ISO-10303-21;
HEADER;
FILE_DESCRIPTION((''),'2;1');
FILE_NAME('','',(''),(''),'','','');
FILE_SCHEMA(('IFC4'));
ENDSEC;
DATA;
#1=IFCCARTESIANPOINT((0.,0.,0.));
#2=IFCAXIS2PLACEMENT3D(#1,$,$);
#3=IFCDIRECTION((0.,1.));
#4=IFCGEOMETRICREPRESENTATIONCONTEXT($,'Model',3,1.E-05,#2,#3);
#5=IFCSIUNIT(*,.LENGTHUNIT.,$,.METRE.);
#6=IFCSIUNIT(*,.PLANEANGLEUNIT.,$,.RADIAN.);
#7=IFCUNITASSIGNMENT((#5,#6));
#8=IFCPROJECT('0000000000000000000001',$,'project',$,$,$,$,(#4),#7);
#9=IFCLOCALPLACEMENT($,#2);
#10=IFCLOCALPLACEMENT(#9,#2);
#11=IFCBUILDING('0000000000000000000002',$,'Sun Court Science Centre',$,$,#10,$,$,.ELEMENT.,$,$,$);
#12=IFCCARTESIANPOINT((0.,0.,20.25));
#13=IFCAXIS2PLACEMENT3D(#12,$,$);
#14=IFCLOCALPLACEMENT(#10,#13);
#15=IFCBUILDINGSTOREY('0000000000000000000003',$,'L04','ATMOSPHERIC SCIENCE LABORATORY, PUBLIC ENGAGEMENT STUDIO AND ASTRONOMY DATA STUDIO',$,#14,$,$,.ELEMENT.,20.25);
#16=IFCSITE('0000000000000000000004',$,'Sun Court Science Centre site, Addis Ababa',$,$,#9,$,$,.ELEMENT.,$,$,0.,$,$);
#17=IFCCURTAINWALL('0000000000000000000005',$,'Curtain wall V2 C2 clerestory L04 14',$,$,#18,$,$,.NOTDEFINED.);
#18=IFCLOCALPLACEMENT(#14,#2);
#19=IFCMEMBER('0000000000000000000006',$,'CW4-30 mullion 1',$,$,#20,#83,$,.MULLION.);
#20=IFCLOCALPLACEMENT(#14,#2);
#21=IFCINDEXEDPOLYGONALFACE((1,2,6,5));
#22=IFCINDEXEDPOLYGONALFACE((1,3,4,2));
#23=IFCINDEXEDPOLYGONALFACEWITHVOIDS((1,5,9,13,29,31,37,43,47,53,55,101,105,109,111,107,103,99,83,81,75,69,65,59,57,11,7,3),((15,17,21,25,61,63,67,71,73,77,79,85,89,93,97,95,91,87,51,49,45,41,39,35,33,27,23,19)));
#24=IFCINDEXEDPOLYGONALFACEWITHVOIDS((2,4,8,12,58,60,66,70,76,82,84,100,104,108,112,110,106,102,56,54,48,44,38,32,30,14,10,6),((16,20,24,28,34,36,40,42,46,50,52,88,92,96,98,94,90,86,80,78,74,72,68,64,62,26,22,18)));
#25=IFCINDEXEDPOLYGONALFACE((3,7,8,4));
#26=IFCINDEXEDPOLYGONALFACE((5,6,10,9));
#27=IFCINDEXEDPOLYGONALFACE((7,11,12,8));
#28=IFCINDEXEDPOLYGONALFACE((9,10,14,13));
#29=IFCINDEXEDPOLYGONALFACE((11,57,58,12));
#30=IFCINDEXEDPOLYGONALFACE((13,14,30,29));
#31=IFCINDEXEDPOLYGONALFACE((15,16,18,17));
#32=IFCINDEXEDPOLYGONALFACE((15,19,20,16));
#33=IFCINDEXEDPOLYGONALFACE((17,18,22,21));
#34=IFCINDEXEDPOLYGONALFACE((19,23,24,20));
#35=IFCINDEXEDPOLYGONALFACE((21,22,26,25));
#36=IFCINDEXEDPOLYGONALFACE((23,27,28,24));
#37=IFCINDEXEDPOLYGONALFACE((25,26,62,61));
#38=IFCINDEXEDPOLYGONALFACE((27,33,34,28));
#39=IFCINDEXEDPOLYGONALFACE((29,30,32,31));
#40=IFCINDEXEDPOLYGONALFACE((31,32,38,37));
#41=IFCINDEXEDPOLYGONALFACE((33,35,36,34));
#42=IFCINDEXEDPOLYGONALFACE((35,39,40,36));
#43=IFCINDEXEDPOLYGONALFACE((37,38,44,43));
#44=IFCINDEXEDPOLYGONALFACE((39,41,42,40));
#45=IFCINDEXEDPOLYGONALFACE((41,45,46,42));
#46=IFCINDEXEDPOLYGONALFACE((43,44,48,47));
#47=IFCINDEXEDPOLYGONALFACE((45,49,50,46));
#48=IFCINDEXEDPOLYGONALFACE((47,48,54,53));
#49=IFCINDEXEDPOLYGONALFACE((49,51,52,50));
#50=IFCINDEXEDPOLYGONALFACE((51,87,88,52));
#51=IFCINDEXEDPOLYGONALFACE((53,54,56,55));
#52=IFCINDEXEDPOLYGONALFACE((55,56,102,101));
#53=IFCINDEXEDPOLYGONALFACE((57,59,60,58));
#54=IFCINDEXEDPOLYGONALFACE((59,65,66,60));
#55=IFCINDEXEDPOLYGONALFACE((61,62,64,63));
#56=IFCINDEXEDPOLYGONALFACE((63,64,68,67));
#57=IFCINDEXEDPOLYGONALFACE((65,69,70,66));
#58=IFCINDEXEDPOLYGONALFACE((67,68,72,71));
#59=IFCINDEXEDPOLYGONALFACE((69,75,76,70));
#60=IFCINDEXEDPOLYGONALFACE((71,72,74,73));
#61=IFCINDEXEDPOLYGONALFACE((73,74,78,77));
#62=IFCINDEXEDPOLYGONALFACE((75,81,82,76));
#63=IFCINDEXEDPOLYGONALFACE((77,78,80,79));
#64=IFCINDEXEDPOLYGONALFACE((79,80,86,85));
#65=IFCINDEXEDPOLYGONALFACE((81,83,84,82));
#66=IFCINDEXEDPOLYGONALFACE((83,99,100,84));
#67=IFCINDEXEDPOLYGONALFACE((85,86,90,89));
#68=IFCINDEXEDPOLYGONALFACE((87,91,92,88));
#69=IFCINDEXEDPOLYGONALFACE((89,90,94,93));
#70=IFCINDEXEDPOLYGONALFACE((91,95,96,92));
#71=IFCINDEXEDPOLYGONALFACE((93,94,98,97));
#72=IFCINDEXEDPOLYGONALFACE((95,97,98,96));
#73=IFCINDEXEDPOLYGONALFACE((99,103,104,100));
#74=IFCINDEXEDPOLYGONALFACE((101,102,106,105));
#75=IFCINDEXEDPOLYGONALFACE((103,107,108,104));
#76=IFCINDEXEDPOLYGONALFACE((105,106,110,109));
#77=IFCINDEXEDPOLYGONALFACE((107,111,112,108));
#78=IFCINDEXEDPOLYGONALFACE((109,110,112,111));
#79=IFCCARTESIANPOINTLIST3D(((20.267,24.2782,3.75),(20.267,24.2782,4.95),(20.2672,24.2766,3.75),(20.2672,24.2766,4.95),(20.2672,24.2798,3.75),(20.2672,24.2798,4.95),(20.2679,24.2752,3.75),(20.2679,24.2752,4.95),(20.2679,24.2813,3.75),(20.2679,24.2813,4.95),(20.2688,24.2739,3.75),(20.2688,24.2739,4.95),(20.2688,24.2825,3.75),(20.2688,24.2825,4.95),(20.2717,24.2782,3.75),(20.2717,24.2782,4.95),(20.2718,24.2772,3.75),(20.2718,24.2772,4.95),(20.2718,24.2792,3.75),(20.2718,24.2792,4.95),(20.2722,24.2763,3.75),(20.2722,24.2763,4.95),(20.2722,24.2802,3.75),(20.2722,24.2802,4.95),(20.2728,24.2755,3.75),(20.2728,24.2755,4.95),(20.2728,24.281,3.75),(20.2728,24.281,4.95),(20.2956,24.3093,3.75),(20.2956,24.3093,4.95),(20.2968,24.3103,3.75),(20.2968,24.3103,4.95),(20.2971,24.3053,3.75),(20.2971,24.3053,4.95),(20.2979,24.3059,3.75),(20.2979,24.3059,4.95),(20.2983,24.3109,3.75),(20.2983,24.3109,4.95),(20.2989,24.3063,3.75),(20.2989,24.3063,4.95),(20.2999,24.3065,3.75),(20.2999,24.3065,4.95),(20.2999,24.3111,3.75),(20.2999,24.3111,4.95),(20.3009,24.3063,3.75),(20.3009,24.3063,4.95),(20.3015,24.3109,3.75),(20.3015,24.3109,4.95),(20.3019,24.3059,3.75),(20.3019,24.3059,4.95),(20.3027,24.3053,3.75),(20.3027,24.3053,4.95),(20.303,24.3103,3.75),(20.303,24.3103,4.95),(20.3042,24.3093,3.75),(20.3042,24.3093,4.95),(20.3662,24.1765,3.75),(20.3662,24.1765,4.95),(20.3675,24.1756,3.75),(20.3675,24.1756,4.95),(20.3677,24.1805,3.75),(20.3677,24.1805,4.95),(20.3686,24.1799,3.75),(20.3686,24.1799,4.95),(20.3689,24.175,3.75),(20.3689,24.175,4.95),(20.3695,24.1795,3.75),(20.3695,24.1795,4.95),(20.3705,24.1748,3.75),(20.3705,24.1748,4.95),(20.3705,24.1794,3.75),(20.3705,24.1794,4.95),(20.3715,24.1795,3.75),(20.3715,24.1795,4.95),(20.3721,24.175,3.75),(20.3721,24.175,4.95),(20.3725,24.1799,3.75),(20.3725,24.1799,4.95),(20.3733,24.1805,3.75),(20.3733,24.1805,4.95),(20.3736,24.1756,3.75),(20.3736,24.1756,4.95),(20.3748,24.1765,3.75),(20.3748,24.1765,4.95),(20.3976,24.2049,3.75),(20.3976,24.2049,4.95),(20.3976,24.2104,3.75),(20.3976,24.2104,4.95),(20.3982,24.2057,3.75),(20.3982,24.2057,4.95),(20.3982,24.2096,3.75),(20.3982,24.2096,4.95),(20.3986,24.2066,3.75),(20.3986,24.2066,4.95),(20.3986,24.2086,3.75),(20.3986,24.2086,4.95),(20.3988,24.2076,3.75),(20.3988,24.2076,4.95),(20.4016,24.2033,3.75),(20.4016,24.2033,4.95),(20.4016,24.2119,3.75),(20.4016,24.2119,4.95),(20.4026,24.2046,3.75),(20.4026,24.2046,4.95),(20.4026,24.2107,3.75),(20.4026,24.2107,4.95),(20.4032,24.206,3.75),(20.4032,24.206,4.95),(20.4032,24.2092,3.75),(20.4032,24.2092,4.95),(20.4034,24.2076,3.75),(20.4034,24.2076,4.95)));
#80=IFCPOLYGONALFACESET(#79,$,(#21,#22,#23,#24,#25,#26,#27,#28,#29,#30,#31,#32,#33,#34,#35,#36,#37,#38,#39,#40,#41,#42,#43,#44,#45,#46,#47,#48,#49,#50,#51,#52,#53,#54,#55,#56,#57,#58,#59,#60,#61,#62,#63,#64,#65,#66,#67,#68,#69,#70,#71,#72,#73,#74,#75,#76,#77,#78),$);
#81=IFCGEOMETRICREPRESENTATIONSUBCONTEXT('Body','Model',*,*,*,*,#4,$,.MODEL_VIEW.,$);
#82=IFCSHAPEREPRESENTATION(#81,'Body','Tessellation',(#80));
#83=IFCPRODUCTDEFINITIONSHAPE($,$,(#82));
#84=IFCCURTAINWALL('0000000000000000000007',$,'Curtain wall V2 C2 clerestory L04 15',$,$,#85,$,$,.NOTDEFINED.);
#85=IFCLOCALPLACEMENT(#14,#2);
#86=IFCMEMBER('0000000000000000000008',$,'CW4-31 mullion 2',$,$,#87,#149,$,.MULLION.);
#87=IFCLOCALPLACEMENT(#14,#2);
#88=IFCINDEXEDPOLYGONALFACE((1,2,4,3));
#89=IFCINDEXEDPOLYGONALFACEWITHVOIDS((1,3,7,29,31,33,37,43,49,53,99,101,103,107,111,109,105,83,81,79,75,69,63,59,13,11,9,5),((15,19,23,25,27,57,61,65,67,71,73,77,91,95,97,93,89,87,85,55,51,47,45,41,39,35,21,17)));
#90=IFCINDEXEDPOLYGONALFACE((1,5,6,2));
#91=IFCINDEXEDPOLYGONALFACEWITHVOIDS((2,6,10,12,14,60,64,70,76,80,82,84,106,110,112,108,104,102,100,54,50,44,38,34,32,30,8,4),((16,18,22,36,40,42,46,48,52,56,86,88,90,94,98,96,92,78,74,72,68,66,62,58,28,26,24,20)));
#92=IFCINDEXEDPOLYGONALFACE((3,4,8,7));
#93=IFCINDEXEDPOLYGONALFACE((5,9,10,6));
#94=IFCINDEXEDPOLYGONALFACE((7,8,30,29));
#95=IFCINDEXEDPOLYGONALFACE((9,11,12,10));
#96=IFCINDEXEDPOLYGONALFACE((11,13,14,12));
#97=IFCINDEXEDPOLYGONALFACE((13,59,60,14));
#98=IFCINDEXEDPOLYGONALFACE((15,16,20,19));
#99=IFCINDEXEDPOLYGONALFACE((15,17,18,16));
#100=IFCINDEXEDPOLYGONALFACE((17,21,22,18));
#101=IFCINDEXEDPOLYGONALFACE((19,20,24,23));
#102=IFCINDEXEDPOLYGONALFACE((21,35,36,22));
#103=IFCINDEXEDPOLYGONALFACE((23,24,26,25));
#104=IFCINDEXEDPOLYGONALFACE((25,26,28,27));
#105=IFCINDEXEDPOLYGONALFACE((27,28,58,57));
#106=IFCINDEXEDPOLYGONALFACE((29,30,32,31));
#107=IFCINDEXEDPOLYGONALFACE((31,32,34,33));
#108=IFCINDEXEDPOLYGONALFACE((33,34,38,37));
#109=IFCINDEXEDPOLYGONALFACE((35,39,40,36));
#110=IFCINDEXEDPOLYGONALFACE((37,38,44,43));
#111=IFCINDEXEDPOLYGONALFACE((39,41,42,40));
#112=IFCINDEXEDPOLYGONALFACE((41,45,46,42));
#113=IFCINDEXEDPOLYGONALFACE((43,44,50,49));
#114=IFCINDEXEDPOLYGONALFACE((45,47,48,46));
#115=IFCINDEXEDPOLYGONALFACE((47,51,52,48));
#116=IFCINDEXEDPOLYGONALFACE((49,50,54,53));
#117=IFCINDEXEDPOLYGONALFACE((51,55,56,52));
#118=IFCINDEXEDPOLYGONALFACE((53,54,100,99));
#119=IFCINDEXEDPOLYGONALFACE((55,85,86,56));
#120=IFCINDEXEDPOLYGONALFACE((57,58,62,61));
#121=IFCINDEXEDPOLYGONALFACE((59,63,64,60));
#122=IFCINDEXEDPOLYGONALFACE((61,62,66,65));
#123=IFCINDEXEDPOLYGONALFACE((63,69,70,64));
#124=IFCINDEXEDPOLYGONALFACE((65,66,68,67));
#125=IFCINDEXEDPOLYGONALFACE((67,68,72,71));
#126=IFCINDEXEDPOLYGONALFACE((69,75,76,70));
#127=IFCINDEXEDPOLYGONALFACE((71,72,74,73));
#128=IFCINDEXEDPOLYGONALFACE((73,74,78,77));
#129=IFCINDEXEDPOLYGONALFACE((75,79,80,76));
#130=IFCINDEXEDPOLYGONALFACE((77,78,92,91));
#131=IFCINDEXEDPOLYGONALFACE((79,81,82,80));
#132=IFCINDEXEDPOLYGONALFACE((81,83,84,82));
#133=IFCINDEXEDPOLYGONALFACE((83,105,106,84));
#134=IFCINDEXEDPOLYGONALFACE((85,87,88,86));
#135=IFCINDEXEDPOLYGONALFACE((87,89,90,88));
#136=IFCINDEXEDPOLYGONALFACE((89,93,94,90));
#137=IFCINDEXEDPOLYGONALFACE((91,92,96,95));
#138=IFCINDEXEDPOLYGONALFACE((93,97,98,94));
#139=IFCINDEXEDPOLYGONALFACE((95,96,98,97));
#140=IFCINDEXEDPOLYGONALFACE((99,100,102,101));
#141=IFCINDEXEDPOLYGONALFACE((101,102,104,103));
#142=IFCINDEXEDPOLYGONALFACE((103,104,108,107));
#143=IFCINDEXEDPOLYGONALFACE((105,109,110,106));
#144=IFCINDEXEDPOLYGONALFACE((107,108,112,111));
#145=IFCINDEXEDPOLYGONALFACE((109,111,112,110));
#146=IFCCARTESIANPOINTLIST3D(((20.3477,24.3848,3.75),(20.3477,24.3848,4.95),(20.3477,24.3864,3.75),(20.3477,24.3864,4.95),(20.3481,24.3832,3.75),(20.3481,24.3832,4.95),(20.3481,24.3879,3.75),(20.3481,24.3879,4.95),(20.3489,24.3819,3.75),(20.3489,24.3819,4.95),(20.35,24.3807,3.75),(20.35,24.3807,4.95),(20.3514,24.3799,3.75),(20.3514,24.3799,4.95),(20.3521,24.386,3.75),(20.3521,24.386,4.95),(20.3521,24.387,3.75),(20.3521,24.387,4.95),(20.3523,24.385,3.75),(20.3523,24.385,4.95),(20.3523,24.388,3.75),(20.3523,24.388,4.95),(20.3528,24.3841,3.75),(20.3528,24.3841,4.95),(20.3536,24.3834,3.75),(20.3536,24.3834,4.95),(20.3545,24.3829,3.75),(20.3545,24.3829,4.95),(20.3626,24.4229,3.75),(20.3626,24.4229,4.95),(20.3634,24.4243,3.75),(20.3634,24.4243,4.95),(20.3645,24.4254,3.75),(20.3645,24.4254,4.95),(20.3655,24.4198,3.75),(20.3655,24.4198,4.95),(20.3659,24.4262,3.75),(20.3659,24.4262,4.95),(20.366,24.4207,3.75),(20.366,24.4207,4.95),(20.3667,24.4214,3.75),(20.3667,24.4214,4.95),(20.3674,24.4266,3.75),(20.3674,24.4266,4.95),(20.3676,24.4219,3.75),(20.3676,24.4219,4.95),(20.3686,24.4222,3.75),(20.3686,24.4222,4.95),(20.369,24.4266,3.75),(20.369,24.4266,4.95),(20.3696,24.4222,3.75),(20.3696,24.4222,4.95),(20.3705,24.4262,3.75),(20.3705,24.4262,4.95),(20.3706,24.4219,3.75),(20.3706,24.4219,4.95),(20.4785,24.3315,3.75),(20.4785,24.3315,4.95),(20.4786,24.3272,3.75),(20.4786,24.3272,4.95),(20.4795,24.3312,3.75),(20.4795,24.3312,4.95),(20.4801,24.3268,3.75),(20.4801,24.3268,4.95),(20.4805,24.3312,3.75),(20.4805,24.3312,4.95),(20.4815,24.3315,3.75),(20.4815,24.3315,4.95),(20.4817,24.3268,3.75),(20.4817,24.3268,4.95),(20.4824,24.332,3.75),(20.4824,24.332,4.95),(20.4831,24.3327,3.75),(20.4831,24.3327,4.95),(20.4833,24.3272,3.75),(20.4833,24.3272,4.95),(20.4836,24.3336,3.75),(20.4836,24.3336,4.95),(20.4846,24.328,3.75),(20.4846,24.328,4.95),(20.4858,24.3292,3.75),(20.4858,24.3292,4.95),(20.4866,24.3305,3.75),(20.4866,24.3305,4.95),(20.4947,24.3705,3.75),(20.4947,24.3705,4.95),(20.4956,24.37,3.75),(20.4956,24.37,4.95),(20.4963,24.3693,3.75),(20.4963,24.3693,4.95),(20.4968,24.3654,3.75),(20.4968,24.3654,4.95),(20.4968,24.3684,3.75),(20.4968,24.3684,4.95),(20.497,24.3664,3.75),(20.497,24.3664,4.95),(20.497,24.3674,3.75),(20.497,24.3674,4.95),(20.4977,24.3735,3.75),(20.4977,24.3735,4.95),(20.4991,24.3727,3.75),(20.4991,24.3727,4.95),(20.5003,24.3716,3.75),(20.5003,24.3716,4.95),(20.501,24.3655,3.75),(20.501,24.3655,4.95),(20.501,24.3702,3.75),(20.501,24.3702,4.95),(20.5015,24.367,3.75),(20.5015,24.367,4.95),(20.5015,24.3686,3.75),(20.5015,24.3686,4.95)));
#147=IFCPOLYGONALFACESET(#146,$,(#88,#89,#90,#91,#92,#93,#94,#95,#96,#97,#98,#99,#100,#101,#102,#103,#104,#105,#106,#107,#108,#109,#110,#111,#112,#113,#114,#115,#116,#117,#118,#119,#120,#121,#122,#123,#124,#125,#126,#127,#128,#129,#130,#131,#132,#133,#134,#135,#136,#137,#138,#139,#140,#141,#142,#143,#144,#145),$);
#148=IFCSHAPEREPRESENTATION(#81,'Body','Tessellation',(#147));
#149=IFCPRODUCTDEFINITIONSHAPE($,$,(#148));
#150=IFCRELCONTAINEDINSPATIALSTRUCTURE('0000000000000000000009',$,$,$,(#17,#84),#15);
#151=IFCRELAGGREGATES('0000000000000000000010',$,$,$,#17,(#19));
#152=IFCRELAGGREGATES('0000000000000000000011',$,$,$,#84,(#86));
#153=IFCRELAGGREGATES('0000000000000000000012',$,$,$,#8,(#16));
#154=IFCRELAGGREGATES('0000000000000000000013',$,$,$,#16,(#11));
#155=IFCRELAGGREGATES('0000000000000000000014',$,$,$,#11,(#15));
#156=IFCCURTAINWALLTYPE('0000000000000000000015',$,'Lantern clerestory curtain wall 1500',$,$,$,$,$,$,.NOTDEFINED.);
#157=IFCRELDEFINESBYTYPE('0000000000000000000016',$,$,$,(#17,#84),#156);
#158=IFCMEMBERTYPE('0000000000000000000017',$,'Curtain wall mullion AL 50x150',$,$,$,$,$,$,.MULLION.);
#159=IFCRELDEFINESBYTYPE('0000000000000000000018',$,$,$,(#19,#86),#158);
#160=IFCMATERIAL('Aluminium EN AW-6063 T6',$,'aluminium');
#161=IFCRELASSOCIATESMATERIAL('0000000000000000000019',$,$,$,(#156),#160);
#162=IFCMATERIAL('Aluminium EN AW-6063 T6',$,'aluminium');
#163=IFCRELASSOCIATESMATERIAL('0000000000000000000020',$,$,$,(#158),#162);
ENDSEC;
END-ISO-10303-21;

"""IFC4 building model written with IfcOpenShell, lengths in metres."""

from ifc_helpers import new_model, si_unit, direction, frame, origin, origin_2d, place, context, subcontext, project, spatial, hollow_rectangle, extrude, material, material_profile, profile_set, type_object, element, aggregate, save


model = new_model("IFC4")

# Units and contexts
model_context = context("Model", 3, precision=1e-05, world=origin(), true_north=direction((0.0, 1.0)))
body_context = subcontext(model_context, "Body", "Model", "MODEL_VIEW")
ifc_project = project(units=[si_unit("LENGTHUNIT", "METRE"), si_unit("PLANEANGLEUNIT", "RADIAN")], contexts=[model_context])

# Site, building, storey
site_placement = place(None, origin())
site = spatial("IfcSite", under=ifc_project, at=site_placement, Name="Sun Court Science Centre site, Addis Ababa", CompositionType="ELEMENT", RefElevation=0.0)
building_placement = place(site_placement, origin())
building = spatial("IfcBuilding", under=site, at=building_placement, Name="Sun Court Science Centre", CompositionType="ELEMENT")
storey_placement = place(building_placement, frame((0.0, 0.0, 20.25)))
storey = spatial("IfcBuildingStorey", under=building, at=storey_placement, Name="L04", Description="ATMOSPHERIC SCIENCE LABORATORY, PUBLIC ENGAGEMENT STUDIO AND ASTRONOMY DATA STUDIO", CompositionType="ELEMENT", Elevation=20.25)

# Shared definitions
ifc_material_1 = material(Name="Aluminium EN AW-6063 T6", Category="aluminium")
curtain_wall_type = type_object("IfcCurtainWallType", Name="Lantern clerestory curtain wall 1500", PredefinedType="NOTDEFINED", material=ifc_material_1)
ifc_material_2 = material(Name="Aluminium EN AW-6063 T6", Category="aluminium")
ifc_material_profile_1 = material_profile(ifc_material_2, hollow_rectangle(XDim=0.05, YDim=0.1499, WallThickness=0.0039, InnerFilletRadius=0.0039, OuterFilletRadius=0.0061, at=origin_2d()), Name="AL 50x150x4")
ifc_profile_set_1 = profile_set([ifc_material_profile_1], Name="Aluminium EN AW-6063 T6")
member_type_1 = type_object("IfcMemberType", Name="Curtain wall mullion AL 50x150", PredefinedType="MULLION", material=ifc_profile_set_1)

# Curtain walls, members
curtain_wall_1_placement = place(storey_placement, origin())
curtain_wall_1 = element("IfcCurtainWall", 1, at=curtain_wall_1_placement, inside=storey, type_object=curtain_wall_type, Name="Curtain wall V2 C2 clerestory L04 14", PredefinedType="NOTDEFINED")
member_1_placement = place(storey_placement, frame((20.3352, 24.2429, 3.75), z_axis=(0.0, 0.0, 1.0), x_axis=(-0.707107, -0.707107, 0.0)))
member_1 = element("IfcMember", 2, at=member_1_placement, type_object=member_type_1, Name="CW4-30 mullion 1", PredefinedType="MULLION", context=body_context, shape_type="SweptSolid", body=[
    extrude(hollow_rectangle(XDim=0.05, YDim=0.1499, WallThickness=0.0039, InnerFilletRadius=0.0039, OuterFilletRadius=0.0061, at=origin_2d()), origin(), (0.0, 0.0, 1.0), 1.2),
])
aggregate(curtain_wall_1, [member_1])
curtain_wall_2_placement = place(storey_placement, origin())
curtain_wall_2 = element("IfcCurtainWall", 3, at=curtain_wall_2_placement, inside=storey, type_object=curtain_wall_type, Name="Curtain wall V2 C2 clerestory L04 15", PredefinedType="NOTDEFINED")
member_2_placement = place(storey_placement, frame((20.4246, 24.3767, 3.75), z_axis=(0.0, 0.0, 1.0), x_axis=(-0.382683, -0.92388, 0.0)))
member_2 = element("IfcMember", 4, at=member_2_placement, type_object=member_type_1, Name="CW4-31 mullion 2", PredefinedType="MULLION", context=body_context, shape_type="SweptSolid", body=[
    extrude(hollow_rectangle(XDim=0.05, YDim=0.1499, WallThickness=0.0039, InnerFilletRadius=0.0039, OuterFilletRadius=0.0061, at=origin_2d()), origin(), (0.0, 0.0, 1.0), 1.2),
])
aggregate(curtain_wall_2, [member_2])

save(model, "model.ifc")
